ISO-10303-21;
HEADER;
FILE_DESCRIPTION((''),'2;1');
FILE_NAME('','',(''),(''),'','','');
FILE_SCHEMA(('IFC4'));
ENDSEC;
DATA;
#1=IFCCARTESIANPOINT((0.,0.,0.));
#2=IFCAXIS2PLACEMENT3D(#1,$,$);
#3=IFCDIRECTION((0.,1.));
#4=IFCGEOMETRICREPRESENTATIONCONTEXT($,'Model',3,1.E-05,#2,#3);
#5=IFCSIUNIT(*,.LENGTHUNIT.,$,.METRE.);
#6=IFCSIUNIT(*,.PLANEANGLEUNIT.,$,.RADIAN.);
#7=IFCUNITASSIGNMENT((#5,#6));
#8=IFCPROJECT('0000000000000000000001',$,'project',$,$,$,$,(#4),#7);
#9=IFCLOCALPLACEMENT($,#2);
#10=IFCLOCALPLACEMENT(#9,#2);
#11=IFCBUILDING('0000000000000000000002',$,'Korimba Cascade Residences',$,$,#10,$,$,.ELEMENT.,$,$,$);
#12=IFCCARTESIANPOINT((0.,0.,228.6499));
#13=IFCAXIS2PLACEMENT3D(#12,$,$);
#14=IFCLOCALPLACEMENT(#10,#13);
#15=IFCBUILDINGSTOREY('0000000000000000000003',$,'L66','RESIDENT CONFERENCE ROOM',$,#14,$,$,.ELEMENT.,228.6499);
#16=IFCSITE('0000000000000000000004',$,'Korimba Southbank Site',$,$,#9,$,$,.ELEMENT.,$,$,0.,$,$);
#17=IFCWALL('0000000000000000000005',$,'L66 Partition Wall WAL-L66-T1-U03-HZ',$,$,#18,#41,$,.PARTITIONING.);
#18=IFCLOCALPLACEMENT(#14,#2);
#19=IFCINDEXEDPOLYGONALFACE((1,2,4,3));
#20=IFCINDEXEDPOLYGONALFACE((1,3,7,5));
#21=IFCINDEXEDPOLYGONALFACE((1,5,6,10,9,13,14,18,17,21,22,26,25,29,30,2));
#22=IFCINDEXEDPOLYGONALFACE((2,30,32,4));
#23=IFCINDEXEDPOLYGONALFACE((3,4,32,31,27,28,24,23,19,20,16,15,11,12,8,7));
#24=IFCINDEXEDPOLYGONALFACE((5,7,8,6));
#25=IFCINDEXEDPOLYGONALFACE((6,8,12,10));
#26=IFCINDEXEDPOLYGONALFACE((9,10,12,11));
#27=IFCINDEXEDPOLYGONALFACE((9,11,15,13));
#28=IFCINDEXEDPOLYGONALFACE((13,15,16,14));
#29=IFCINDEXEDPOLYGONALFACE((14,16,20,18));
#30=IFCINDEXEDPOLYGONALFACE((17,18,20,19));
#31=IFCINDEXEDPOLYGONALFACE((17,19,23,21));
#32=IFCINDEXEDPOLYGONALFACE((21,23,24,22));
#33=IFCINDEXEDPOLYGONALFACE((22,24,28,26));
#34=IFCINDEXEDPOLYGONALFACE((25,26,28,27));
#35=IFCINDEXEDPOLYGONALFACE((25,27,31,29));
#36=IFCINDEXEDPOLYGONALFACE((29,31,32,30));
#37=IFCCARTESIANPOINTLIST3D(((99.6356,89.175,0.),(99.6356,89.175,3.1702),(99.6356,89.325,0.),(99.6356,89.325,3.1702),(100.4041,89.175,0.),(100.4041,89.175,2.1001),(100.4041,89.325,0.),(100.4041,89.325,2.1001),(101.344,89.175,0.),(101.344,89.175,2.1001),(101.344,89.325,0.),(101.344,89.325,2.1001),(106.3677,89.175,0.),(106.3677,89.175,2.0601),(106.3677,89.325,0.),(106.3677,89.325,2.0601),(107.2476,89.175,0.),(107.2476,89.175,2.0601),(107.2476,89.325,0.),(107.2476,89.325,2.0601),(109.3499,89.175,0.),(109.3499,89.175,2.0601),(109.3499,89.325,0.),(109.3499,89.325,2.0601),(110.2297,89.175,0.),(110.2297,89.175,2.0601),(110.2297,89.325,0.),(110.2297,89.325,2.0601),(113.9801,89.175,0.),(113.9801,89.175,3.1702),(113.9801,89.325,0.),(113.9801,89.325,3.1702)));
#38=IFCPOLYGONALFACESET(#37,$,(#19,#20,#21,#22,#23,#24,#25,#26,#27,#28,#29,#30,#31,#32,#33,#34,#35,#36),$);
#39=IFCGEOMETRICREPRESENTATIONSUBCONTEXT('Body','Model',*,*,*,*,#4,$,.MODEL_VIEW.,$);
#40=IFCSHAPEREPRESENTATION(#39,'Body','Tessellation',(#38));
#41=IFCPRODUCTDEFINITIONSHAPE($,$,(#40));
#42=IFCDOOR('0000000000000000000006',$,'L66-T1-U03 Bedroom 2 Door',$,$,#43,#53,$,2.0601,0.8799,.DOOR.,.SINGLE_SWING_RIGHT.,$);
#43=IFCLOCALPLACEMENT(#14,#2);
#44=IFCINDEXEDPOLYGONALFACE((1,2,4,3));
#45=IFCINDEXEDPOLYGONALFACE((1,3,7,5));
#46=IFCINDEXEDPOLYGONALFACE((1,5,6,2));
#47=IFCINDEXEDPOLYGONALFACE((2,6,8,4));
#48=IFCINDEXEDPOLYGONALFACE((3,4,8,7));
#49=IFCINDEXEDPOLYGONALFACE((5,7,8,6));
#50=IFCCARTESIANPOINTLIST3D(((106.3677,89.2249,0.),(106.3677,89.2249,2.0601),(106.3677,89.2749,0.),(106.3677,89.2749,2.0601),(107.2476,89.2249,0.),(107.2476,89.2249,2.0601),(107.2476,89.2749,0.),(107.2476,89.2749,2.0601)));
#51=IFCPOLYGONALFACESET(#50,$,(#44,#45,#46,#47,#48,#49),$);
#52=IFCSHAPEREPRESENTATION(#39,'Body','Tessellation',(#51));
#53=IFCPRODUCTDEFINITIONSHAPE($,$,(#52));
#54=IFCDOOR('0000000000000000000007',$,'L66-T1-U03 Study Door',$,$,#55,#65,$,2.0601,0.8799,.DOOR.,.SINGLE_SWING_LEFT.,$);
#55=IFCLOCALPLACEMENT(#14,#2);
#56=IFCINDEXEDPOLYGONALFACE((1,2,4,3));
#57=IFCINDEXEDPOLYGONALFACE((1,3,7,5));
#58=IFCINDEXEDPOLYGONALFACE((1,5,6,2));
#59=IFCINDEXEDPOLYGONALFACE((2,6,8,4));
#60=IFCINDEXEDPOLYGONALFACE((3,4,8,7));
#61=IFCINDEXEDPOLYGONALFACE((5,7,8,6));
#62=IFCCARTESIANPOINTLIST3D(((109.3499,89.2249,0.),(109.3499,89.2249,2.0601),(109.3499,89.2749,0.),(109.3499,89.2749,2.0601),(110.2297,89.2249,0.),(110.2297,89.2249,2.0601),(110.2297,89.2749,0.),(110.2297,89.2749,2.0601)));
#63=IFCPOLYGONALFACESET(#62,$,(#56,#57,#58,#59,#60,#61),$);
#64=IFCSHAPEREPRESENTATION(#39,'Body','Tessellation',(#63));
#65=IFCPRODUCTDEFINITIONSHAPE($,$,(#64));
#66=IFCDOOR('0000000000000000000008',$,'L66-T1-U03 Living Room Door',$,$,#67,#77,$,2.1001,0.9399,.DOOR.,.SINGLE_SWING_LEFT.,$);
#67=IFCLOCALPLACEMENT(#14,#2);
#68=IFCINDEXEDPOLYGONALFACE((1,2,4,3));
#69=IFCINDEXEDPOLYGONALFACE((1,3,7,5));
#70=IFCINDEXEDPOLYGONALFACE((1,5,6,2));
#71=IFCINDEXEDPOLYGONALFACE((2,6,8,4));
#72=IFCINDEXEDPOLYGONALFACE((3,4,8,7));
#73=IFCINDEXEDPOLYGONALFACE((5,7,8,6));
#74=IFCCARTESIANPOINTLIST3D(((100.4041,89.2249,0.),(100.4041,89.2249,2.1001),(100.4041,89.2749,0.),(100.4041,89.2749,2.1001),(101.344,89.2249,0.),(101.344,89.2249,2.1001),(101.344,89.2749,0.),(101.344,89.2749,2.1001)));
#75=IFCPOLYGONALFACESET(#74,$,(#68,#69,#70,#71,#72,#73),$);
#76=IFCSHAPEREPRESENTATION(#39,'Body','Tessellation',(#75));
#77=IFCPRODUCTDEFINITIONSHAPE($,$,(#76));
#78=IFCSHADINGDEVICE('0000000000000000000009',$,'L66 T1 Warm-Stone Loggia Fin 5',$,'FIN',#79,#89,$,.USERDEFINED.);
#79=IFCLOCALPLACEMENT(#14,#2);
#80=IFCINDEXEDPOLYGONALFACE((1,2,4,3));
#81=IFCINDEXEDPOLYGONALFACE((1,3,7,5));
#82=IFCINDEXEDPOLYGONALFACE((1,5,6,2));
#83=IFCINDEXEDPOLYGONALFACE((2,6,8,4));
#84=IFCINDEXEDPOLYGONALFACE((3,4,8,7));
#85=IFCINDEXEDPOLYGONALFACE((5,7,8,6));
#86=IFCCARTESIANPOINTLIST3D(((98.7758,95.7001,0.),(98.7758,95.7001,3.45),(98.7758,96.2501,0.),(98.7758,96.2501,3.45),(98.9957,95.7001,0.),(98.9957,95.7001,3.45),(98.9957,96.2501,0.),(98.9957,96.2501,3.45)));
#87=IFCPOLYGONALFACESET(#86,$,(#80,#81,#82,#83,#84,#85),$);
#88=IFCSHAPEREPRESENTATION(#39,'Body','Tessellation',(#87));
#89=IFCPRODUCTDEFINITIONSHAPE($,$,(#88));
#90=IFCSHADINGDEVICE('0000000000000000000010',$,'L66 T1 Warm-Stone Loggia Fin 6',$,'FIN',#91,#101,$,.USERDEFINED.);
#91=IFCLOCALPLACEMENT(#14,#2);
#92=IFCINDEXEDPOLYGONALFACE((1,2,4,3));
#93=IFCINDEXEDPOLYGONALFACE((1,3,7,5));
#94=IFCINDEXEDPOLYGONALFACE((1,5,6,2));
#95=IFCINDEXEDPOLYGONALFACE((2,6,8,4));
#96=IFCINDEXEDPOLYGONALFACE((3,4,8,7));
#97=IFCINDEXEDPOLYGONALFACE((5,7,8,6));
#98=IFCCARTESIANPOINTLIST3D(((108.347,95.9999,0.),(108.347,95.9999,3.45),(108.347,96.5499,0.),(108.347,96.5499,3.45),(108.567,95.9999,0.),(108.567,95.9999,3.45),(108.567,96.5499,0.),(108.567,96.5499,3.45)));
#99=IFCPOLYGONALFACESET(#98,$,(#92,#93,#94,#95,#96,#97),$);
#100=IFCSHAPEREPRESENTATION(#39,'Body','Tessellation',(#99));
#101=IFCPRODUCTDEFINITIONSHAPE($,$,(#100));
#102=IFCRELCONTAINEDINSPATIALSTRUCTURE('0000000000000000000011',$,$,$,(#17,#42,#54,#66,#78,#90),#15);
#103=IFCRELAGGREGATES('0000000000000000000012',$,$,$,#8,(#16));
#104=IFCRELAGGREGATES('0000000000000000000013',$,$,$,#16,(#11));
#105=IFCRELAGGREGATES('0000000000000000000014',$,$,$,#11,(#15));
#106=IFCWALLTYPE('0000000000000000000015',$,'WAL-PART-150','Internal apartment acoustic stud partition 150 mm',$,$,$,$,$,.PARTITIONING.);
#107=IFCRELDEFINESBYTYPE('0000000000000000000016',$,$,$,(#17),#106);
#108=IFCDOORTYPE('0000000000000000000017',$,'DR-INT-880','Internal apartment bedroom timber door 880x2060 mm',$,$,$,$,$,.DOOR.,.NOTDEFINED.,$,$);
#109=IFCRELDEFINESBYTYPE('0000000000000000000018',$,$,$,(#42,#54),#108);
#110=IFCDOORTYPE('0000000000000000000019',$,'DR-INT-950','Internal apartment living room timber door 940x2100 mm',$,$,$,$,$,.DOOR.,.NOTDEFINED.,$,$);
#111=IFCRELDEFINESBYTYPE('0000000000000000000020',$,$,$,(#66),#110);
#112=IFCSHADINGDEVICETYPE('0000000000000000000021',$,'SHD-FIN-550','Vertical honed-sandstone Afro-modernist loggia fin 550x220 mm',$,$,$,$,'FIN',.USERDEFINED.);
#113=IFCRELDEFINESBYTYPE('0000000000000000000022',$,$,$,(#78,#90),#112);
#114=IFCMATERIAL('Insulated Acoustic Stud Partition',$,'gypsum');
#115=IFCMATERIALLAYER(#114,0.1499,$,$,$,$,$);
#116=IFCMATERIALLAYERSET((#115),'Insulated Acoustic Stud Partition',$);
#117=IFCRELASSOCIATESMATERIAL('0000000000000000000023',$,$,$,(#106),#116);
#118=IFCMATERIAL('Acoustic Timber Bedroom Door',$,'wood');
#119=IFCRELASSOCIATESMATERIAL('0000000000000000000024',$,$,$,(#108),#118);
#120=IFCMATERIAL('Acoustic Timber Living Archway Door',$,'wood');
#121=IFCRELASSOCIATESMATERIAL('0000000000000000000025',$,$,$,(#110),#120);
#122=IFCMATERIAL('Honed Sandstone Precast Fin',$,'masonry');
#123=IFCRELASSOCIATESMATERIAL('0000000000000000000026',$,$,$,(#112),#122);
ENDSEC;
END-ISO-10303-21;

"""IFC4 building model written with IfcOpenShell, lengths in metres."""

from ifc_helpers import new_model, si_unit, direction, frame, frame_2d, origin, origin_2d, place, context, subcontext, project, spatial, rectangle, extrude, material, layer, layer_set, type_object, element, fill, save


model = new_model("IFC4")

# Units and contexts
model_context = context("Model", 3, precision=1e-05, world=origin(), true_north=direction((0.0, 1.0)))
body_context = subcontext(model_context, "Body", "Model", "MODEL_VIEW")
ifc_project = project(units=[si_unit("LENGTHUNIT", "METRE"), si_unit("PLANEANGLEUNIT", "RADIAN")], contexts=[model_context])

# Site, building, storey
site_placement = place(None, origin())
site = spatial("IfcSite", under=ifc_project, at=site_placement, Name="Korimba Southbank Site", CompositionType="ELEMENT", RefElevation=0.0)
building_placement = place(site_placement, origin())
building = spatial("IfcBuilding", under=site, at=building_placement, Name="Korimba Cascade Residences", CompositionType="ELEMENT")
storey_placement = place(building_placement, frame((0.0, 0.0, 228.6499)))
storey = spatial("IfcBuildingStorey", under=building, at=storey_placement, Name="L66", Description="RESIDENT CONFERENCE ROOM", CompositionType="ELEMENT", Elevation=228.6499)

# Shared definitions
ifc_material_1 = material(Name="Insulated Acoustic Stud Partition", Category="gypsum")
ifc_layer = layer(ifc_material_1, 0.1499)
ifc_layer_set = layer_set([ifc_layer], Name="Insulated Acoustic Stud Partition")
wall_type = type_object("IfcWallType", Name="WAL-PART-150", Description="Internal apartment acoustic stud partition 150 mm", PredefinedType="PARTITIONING", material=ifc_layer_set)

# Wall, openings, doors
wall_1_placement = place(storey_placement, frame((99.6355, 89.25, 0.0), z_axis=(0.0, 0.0, 1.0), x_axis=(1.0, 0.0, 0.0)))
wall_1 = element("IfcWall", 1, at=wall_1_placement, inside=storey, type_object=wall_type, Name="L66 Partition Wall WAL-L66-T1-U03-HZ", PredefinedType="PARTITIONING", context=body_context, shape_type="SweptSolid", body=[
    extrude(rectangle(XDim=14.3445, YDim=0.1499, at=frame_2d((7.1724, 0.0))), origin(), (0.0, 0.0, 1.0), 3.1702),
])
opening_1_placement = place(wall_1_placement, frame((0.7686, 0.0, 0.0)))
opening_1 = element("IfcOpeningElement", 2, at=opening_1_placement, cuts=wall_1, PredefinedType="OPENING", context=body_context, shape_type="SweptSolid", body=[
    extrude(rectangle(XDim=0.9399, YDim=2.1001, at=frame_2d((0.47, 1.05))), frame((0.0, 0.085, 0.0), z_axis=(0.0, -1.0, 0.0), x_axis=(1.0, 0.0, 0.0)), (0.0, 0.0, 1.0), 0.1699),
])
opening_2_placement = place(wall_1_placement, frame((6.7322, 0.0, 0.0)))
opening_2 = element("IfcOpeningElement", 3, at=opening_2_placement, cuts=wall_1, PredefinedType="OPENING", context=body_context, shape_type="SweptSolid", body=[
    extrude(rectangle(XDim=0.8799, YDim=2.0601, at=frame_2d((0.4399, 1.03))), frame((0.0, 0.085, 0.0), z_axis=(0.0, -1.0, 0.0), x_axis=(1.0, 0.0, 0.0)), (0.0, 0.0, 1.0), 0.1699),
])
opening_3_placement = place(wall_1_placement, frame((9.7144, 0.0, 0.0)))
opening_3 = element("IfcOpeningElement", 4, at=opening_3_placement, cuts=wall_1, PredefinedType="OPENING", context=body_context, shape_type="SweptSolid", body=[
    extrude(rectangle(XDim=0.8799, YDim=2.0601, at=frame_2d((0.4399, 1.03))), frame((0.0, 0.085, 0.0), z_axis=(0.0, -1.0, 0.0), x_axis=(1.0, 0.0, 0.0)), (0.0, 0.0, 1.0), 0.1699),
])
ifc_material_2 = material(Name="Acoustic Timber Bedroom Door", Category="wood")
door_type_1 = type_object("IfcDoorType", Name="DR-INT-880", Description="Internal apartment bedroom timber door 880x2060 mm", OperationType="NOTDEFINED", PredefinedType="DOOR", material=ifc_material_2)
door_1_placement = place(opening_2_placement, origin())
door_1 = element("IfcDoor", 5, at=door_1_placement, inside=storey, type_object=door_type_1, Name="L66-T1-U03 Bedroom 2 Door", OperationType="SINGLE_SWING_RIGHT", OverallHeight=2.0601, OverallWidth=0.8799, PredefinedType="DOOR", context=body_context, shape_type="SweptSolid", body=[
    extrude(rectangle(XDim=0.8799, YDim=2.0601, at=frame_2d((0.4399, 1.03))), frame((0.0, 0.0249, 0.0), z_axis=(0.0, -1.0, 0.0), x_axis=(1.0, 0.0, 0.0)), (0.0, 0.0, 1.0), 0.05),
])
fill(opening_2, door_1)
door_2_placement = place(opening_3_placement, origin())
door_2 = element("IfcDoor", 6, at=door_2_placement, inside=storey, type_object=door_type_1, Name="L66-T1-U03 Study Door", OperationType="SINGLE_SWING_LEFT", OverallHeight=2.0601, OverallWidth=0.8799, PredefinedType="DOOR", context=body_context, shape_type="SweptSolid", body=[
    extrude(rectangle(XDim=0.8799, YDim=2.0601, at=frame_2d((0.4399, 1.03))), frame((0.0, 0.0249, 0.0), z_axis=(0.0, -1.0, 0.0), x_axis=(1.0, 0.0, 0.0)), (0.0, 0.0, 1.0), 0.05),
])
fill(opening_3, door_2)
ifc_material_3 = material(Name="Acoustic Timber Living Archway Door", Category="wood")
door_type_2 = type_object("IfcDoorType", Name="DR-INT-950", Description="Internal apartment living room timber door 940x2100 mm", OperationType="NOTDEFINED", PredefinedType="DOOR", material=ifc_material_3)
door_3_placement = place(opening_1_placement, origin())
door_3 = element("IfcDoor", 7, at=door_3_placement, inside=storey, type_object=door_type_2, Name="L66-T1-U03 Living Room Door", OperationType="SINGLE_SWING_LEFT", OverallHeight=2.1001, OverallWidth=0.9399, PredefinedType="DOOR", context=body_context, shape_type="SweptSolid", body=[
    extrude(rectangle(XDim=0.9399, YDim=2.1001, at=frame_2d((0.47, 1.05))), frame((0.0, 0.0249, 0.0), z_axis=(0.0, -1.0, 0.0), x_axis=(1.0, 0.0, 0.0)), (0.0, 0.0, 1.0), 0.05),
])
fill(opening_1, door_3)

# Shading devices
ifc_material_4 = material(Name="Honed Sandstone Precast Fin", Category="masonry")
shading_device_type = type_object("IfcShadingDeviceType", Name="SHD-FIN-550", Description="Vertical honed-sandstone Afro-modernist loggia fin 550x220 mm", ElementType="FIN", PredefinedType="USERDEFINED", material=ifc_material_4)
for number, where, z_axis, x_axis, name in (
    (8, (98.8857, 95.9751, 0.0), (0.0, 0.0, 1.0), (1.0, 0.0, 0.0), "L66 T1 Warm-Stone Loggia Fin 5"),
    (9, (108.457, 96.2749, 0.0), (0.0, 0.0, 1.0), (1.0, 0.0, 0.0), "L66 T1 Warm-Stone Loggia Fin 6"),
):
    element("IfcShadingDevice", number, at=place(storey_placement, frame(where, z_axis=z_axis, x_axis=x_axis)), inside=storey, type_object=shading_device_type, Name=name, ObjectType="FIN", PredefinedType="USERDEFINED", context=body_context, shape_type="SweptSolid", body=[
        extrude(rectangle(XDim=0.22, YDim=0.55, at=origin_2d()), origin(), (0.0, 0.0, 1.0), 3.45),
    ])

save(model, "model.ifc")
